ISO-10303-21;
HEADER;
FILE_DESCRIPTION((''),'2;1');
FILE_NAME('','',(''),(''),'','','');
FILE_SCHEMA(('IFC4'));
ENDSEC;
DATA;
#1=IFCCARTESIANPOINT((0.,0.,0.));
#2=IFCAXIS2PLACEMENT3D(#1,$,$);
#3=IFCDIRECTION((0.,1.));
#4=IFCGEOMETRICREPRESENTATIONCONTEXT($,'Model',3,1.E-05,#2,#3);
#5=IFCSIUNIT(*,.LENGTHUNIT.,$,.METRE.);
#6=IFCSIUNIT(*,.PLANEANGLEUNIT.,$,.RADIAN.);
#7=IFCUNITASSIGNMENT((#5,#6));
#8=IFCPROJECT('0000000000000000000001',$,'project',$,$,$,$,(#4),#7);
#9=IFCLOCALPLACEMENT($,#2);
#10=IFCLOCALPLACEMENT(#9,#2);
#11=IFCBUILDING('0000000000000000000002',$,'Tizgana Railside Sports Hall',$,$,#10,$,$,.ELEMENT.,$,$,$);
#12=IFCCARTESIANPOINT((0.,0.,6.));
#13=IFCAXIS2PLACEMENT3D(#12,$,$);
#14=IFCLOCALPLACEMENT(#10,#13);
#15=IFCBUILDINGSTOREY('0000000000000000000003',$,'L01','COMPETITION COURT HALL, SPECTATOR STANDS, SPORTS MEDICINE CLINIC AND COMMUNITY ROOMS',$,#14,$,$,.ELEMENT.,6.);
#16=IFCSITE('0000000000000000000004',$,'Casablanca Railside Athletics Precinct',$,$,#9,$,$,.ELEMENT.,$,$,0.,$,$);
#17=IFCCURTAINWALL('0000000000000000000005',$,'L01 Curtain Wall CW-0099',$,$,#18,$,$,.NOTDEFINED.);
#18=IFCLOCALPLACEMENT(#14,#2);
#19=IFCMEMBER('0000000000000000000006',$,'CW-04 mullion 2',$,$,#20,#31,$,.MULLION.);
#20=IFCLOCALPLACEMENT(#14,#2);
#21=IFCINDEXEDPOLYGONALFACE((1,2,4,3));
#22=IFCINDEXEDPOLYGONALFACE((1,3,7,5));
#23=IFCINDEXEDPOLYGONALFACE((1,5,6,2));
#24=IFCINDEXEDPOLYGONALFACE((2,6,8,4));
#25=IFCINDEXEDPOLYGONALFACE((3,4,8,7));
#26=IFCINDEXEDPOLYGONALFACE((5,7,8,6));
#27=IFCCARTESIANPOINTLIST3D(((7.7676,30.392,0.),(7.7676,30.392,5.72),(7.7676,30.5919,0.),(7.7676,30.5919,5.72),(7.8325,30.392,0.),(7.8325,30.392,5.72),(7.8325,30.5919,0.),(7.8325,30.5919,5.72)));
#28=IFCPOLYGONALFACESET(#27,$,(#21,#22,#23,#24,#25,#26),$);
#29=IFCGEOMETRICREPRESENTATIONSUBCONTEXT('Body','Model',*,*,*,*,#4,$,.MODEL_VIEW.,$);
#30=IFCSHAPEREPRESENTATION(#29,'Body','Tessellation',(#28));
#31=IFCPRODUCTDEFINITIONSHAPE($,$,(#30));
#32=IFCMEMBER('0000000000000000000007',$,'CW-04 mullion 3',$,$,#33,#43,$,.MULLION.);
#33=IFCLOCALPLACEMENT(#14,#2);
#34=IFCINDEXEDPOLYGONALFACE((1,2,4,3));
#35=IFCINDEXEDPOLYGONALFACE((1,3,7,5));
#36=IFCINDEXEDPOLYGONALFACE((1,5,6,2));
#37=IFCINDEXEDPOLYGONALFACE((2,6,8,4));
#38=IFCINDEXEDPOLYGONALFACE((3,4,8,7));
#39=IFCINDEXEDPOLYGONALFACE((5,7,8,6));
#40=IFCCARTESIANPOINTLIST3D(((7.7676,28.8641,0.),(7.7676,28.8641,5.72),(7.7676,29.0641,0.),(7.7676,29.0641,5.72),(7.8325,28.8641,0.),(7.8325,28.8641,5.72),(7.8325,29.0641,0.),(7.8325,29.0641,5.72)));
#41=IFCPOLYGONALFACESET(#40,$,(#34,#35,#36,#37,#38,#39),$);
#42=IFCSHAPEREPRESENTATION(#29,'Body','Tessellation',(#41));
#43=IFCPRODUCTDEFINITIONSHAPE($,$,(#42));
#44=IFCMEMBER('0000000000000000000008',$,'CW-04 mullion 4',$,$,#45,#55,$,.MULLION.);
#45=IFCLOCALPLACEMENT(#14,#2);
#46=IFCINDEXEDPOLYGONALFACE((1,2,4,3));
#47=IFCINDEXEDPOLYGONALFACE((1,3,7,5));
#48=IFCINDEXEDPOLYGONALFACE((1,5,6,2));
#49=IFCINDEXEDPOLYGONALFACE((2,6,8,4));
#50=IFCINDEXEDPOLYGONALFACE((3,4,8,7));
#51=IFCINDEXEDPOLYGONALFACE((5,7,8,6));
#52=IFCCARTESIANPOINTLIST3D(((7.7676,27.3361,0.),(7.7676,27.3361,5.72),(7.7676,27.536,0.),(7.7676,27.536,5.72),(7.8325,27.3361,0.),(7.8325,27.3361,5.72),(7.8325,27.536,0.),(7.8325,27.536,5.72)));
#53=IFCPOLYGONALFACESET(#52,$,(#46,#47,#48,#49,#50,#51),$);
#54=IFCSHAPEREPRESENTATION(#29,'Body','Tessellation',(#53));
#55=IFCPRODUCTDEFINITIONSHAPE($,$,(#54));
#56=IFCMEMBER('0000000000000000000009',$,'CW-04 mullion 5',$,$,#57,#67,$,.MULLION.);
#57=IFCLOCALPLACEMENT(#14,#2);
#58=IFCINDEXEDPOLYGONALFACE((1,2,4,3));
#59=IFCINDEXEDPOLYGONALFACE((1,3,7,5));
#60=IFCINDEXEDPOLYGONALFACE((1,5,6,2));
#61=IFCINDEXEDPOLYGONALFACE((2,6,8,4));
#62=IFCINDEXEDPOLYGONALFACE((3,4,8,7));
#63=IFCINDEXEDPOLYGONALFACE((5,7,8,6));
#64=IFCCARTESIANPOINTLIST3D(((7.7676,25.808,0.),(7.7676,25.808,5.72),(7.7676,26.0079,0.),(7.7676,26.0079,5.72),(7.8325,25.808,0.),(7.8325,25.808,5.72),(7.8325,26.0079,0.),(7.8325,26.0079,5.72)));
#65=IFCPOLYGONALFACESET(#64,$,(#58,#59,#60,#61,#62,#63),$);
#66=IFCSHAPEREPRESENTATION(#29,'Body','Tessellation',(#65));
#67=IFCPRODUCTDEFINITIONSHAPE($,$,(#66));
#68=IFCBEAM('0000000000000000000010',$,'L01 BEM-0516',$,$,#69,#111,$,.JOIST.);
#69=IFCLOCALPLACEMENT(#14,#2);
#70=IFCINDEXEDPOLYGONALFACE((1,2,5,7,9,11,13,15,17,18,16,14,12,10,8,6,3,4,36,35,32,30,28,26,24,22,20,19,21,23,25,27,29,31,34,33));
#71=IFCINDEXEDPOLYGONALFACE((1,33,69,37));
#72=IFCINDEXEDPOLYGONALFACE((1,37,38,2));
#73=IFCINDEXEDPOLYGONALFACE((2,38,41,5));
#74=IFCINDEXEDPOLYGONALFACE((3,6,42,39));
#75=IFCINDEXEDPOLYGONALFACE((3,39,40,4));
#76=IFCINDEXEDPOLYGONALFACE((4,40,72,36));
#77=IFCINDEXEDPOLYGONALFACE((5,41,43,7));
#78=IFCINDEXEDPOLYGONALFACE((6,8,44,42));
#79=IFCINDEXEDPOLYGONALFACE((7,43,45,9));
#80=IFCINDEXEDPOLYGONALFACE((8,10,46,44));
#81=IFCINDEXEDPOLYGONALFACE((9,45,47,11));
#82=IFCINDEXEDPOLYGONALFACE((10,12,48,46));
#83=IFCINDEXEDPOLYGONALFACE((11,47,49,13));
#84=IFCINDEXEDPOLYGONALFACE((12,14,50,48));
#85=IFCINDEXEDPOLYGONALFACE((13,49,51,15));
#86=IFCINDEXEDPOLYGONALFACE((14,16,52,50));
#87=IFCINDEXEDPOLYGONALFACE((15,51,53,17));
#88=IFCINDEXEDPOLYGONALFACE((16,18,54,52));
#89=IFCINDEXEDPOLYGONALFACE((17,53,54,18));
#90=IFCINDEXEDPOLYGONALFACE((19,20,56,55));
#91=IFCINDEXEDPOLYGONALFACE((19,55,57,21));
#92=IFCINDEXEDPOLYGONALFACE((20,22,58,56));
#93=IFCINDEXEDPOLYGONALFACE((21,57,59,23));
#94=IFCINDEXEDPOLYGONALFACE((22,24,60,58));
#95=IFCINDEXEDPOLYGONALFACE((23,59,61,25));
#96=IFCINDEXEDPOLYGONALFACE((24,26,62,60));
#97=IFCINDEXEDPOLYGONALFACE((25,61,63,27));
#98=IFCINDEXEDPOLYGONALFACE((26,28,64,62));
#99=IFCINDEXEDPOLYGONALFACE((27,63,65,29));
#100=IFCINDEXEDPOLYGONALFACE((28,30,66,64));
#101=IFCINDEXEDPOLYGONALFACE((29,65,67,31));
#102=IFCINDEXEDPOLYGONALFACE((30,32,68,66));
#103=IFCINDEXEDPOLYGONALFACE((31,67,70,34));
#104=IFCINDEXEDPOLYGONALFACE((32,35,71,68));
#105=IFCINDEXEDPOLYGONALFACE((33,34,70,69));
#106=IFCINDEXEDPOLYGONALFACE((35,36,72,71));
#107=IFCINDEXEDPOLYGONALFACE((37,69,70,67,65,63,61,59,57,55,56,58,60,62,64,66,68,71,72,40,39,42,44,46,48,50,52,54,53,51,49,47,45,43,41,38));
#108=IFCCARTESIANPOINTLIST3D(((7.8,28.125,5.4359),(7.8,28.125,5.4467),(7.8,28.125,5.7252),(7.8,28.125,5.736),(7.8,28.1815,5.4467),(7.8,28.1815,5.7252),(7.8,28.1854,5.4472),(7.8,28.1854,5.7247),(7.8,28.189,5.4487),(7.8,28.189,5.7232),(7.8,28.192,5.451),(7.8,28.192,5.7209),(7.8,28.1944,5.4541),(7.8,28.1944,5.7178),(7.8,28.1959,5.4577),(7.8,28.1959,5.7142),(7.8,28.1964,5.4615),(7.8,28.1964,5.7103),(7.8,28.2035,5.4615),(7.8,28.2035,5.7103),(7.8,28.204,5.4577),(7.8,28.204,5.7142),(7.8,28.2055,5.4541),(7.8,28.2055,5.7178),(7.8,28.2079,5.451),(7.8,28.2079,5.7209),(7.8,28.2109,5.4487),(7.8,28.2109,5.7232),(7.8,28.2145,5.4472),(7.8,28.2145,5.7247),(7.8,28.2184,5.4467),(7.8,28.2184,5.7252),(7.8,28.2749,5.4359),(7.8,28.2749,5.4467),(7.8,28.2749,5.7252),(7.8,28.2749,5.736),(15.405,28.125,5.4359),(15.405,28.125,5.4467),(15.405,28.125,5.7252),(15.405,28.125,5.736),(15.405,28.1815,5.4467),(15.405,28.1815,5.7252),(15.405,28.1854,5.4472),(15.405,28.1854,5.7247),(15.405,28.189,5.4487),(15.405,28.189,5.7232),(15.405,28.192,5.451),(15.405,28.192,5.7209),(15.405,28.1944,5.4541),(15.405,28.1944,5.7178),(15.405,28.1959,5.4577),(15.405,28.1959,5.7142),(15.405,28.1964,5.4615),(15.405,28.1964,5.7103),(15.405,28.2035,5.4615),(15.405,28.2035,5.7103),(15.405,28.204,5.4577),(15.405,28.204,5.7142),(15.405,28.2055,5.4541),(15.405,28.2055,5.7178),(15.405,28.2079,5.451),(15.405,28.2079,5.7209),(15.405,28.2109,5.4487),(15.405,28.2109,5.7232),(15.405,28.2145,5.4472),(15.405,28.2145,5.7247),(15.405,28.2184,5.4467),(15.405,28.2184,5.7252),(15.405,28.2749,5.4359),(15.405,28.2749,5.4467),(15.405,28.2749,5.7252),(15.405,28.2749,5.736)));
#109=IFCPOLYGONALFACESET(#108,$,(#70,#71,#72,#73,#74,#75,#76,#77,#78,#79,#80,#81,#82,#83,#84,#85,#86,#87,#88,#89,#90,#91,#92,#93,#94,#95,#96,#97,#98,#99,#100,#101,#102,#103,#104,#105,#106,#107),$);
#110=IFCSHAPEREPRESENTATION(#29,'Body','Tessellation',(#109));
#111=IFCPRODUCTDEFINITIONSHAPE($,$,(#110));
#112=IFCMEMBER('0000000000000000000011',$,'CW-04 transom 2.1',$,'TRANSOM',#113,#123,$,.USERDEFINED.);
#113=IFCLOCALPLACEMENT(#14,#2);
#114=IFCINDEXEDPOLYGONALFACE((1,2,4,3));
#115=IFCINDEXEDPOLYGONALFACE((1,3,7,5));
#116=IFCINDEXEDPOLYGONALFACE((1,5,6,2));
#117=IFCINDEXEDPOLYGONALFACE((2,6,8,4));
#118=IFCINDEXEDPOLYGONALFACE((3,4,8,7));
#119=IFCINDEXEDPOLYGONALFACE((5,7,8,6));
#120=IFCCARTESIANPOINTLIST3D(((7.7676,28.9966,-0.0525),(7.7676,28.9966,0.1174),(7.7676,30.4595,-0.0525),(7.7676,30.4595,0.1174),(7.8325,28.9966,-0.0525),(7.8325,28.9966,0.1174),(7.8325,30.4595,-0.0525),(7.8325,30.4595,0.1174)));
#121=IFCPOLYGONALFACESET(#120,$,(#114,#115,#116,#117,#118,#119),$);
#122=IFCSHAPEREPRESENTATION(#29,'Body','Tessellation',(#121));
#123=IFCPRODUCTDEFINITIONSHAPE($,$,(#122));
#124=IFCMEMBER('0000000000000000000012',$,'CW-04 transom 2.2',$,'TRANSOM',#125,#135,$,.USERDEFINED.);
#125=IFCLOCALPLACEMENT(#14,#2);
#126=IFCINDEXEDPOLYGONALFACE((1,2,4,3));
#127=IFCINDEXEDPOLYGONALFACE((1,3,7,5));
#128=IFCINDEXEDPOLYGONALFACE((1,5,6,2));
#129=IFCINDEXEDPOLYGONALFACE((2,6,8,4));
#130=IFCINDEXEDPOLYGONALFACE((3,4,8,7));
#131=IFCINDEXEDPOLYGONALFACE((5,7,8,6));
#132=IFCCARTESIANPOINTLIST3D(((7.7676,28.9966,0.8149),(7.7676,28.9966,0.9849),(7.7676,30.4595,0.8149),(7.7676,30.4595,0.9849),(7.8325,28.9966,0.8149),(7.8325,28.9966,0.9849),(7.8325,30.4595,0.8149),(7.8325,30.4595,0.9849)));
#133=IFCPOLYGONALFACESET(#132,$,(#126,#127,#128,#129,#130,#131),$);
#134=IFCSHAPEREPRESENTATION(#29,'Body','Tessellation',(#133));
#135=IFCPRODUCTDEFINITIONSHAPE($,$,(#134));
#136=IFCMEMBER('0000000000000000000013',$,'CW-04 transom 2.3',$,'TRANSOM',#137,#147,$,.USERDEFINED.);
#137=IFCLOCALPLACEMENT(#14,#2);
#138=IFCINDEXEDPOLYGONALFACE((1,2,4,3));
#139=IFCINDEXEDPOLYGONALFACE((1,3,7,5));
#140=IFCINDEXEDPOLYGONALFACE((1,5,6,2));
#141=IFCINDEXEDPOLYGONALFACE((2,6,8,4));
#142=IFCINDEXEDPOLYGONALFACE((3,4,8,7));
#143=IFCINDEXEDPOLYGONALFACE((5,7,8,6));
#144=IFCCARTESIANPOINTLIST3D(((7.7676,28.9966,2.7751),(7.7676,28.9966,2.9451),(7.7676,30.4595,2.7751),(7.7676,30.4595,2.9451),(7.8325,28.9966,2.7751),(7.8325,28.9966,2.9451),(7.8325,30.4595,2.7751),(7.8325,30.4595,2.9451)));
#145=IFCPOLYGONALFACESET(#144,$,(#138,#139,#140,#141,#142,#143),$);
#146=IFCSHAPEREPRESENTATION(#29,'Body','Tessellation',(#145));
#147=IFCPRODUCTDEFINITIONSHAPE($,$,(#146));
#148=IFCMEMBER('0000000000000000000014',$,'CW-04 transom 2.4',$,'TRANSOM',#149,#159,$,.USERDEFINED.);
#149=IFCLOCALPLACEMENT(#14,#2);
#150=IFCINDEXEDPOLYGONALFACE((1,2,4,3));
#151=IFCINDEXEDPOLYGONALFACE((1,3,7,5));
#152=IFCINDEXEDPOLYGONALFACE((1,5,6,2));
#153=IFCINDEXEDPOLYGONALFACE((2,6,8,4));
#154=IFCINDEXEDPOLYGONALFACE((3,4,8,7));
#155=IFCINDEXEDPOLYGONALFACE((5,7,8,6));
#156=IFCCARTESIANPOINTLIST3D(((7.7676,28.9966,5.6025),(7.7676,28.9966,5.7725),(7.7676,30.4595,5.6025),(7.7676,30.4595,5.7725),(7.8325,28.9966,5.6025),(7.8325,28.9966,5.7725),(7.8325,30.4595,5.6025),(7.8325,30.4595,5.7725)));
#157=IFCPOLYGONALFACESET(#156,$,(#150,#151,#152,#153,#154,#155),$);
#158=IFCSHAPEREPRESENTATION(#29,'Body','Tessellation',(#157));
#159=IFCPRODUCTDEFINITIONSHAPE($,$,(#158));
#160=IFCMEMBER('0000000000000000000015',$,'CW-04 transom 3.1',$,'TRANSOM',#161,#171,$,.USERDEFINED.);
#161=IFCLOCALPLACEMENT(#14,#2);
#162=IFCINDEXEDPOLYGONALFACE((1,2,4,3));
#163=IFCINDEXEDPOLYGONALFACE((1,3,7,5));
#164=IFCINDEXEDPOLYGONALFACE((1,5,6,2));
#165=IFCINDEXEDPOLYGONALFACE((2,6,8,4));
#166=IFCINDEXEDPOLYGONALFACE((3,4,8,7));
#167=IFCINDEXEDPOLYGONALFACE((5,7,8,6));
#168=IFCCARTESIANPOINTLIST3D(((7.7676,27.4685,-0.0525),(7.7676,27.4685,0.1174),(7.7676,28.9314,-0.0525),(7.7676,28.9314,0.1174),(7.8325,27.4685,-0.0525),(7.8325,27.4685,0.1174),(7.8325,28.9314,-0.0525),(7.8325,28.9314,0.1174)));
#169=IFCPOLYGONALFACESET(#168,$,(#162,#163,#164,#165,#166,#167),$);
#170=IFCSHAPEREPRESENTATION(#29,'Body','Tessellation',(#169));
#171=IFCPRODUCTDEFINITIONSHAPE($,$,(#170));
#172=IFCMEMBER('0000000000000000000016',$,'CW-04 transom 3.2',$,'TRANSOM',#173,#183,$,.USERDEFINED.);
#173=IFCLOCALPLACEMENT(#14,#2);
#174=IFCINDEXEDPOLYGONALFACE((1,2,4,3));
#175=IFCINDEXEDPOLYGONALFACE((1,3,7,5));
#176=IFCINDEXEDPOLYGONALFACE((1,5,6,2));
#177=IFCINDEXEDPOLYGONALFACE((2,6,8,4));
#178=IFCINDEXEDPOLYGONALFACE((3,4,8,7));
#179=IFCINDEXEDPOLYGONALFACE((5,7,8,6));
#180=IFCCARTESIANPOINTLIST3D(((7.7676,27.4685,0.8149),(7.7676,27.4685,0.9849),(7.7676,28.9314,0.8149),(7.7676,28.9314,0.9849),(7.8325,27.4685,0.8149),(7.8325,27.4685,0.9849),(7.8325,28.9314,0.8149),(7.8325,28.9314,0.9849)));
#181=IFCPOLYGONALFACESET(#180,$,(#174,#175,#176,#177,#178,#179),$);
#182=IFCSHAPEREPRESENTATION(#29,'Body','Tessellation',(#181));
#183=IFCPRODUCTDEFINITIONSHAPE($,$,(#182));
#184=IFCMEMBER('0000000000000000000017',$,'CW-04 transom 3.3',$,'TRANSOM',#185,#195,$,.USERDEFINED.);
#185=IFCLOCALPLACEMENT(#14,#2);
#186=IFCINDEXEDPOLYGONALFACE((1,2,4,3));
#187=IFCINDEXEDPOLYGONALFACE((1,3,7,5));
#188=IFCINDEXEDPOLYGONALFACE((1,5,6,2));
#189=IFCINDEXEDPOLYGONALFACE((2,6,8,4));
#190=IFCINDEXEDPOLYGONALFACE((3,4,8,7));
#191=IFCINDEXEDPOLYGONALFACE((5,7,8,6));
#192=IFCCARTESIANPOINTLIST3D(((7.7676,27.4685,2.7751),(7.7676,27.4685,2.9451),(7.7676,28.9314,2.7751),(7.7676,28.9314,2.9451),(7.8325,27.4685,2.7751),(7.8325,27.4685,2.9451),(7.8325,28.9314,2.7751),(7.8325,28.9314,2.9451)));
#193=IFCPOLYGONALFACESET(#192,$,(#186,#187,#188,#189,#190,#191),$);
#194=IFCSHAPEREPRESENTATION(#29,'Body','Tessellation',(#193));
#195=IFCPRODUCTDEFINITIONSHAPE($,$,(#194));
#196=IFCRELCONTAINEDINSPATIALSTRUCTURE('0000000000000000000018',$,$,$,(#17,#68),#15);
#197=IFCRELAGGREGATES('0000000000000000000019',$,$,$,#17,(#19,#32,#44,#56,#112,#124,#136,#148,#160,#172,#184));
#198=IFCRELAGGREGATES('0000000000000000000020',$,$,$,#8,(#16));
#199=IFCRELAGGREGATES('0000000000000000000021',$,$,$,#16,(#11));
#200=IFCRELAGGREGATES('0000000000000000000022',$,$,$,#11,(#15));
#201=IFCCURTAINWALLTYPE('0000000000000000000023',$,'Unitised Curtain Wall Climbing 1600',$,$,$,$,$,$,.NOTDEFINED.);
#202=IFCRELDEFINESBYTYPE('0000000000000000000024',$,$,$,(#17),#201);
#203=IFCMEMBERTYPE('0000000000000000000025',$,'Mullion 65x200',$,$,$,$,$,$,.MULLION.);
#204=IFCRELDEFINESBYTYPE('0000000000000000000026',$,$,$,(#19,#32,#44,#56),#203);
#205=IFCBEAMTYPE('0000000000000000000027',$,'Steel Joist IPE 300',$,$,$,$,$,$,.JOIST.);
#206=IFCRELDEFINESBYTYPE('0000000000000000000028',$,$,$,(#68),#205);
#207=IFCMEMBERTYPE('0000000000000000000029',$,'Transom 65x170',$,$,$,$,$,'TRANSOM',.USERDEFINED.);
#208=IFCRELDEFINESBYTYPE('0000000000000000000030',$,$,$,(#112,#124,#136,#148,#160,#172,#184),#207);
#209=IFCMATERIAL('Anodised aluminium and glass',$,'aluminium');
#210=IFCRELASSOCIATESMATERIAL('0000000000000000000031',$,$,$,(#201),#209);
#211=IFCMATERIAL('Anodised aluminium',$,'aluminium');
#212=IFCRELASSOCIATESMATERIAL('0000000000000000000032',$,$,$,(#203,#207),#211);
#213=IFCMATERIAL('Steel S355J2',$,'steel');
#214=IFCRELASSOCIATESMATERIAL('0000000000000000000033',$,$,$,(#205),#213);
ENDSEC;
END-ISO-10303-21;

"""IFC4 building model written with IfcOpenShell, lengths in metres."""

from ifc_helpers import new_model, si_unit, direction, frame, origin, origin_2d, place, context, subcontext, project, spatial, rectangle, i_section, extrude, material, material_profile, profile_set, type_object, element, aggregate, save


model = new_model("IFC4")

# Units and contexts
model_context = context("Model", 3, precision=1e-05, world=origin(), true_north=direction((0.0, 1.0)))
body_context = subcontext(model_context, "Body", "Model", "MODEL_VIEW")
ifc_project = project(units=[si_unit("LENGTHUNIT", "METRE"), si_unit("PLANEANGLEUNIT", "RADIAN")], contexts=[model_context])

# Site, building, storey
site_placement = place(None, origin())
site = spatial("IfcSite", under=ifc_project, at=site_placement, Name="Casablanca Railside Athletics Precinct", CompositionType="ELEMENT", RefElevation=0.0)
building_placement = place(site_placement, origin())
building = spatial("IfcBuilding", under=site, at=building_placement, Name="Tizgana Railside Sports Hall", CompositionType="ELEMENT")
storey_placement = place(building_placement, frame((0.0, 0.0, 6.0)))
storey = spatial("IfcBuildingStorey", under=building, at=storey_placement, Name="L01", Description="COMPETITION COURT HALL, SPECTATOR STANDS, SPORTS MEDICINE CLINIC AND COMMUNITY ROOMS", CompositionType="ELEMENT", Elevation=6.0)

# Curtain wall, members
ifc_material_1 = material(Name="Anodised aluminium and glass", Category="aluminium")
curtain_wall_type = type_object("IfcCurtainWallType", Name="Unitised Curtain Wall Climbing 1600", PredefinedType="NOTDEFINED", material=ifc_material_1)
curtain_wall_placement = place(storey_placement, origin())
curtain_wall = element("IfcCurtainWall", 1, at=curtain_wall_placement, inside=storey, type_object=curtain_wall_type, Name="L01 Curtain Wall CW-0099", PredefinedType="NOTDEFINED")
ifc_material_2 = material(Name="Anodised aluminium", Category="aluminium")
ifc_material_profile_1 = material_profile(ifc_material_2, rectangle(XDim=0.0649, YDim=0.2, at=origin_2d()), Name="Mullion 65x200")
ifc_profile_set_1 = profile_set([ifc_material_profile_1], Name="Anodised aluminium")
member_type_1 = type_object("IfcMemberType", Name="Mullion 65x200", PredefinedType="MULLION", material=ifc_profile_set_1)
member_1_placement = place(storey_placement, frame((7.8, 30.4919, 0.0), z_axis=(0.0, 0.0, 1.0), x_axis=(1.0, 0.0, 0.0)))
member_1 = element("IfcMember", 2, at=member_1_placement, type_object=member_type_1, Name="CW-04 mullion 2", PredefinedType="MULLION", context=body_context, shape_type="SweptSolid", body=[
    extrude(rectangle(XDim=0.0649, YDim=0.2, at=origin_2d()), origin(), (0.0, 0.0, 1.0), 5.72),
])
member_2_placement = place(storey_placement, frame((7.8, 28.9641, 0.0), z_axis=(0.0, 0.0, 1.0), x_axis=(1.0, 0.0, 0.0)))
member_2 = element("IfcMember", 3, at=member_2_placement, type_object=member_type_1, Name="CW-04 mullion 3", PredefinedType="MULLION", context=body_context, shape_type="SweptSolid", body=[
    extrude(rectangle(XDim=0.0649, YDim=0.2, at=origin_2d()), origin(), (0.0, 0.0, 1.0), 5.72),
])
member_3_placement = place(storey_placement, frame((7.8, 27.436, 0.0), z_axis=(0.0, 0.0, 1.0), x_axis=(1.0, 0.0, 0.0)))
member_3 = element("IfcMember", 4, at=member_3_placement, type_object=member_type_1, Name="CW-04 mullion 4", PredefinedType="MULLION", context=body_context, shape_type="SweptSolid", body=[
    extrude(rectangle(XDim=0.0649, YDim=0.2, at=origin_2d()), origin(), (0.0, 0.0, 1.0), 5.72),
])
member_4_placement = place(storey_placement, frame((7.8, 25.908, 0.0), z_axis=(0.0, 0.0, 1.0), x_axis=(1.0, 0.0, 0.0)))
member_4 = element("IfcMember", 5, at=member_4_placement, type_object=member_type_1, Name="CW-04 mullion 5", PredefinedType="MULLION", context=body_context, shape_type="SweptSolid", body=[
    extrude(rectangle(XDim=0.0649, YDim=0.2, at=origin_2d()), origin(), (0.0, 0.0, 1.0), 5.72),
])

# Beam
ifc_material_3 = material(Name="Steel S355J2", Category="steel")
ifc_material_profile_2 = material_profile(ifc_material_3, i_section(OverallWidth=0.1499, OverallDepth=0.3, WebThickness=0.0071, FlangeThickness=0.0107, FilletRadius=0.0149, at=origin_2d()), Name="IPE 300")
ifc_profile_set_2 = profile_set([ifc_material_profile_2], Name="Steel S355J2")
beam_type = type_object("IfcBeamType", Name="Steel Joist IPE 300", PredefinedType="JOIST", material=ifc_profile_set_2)
beam_placement = place(storey_placement, frame((7.8, 28.2, 5.5859), z_axis=(1.0, 0.0, 0.0), x_axis=(0.0, 1.0, 0.0)))
element("IfcBeam", 6, at=beam_placement, inside=storey, type_object=beam_type, Name="L01 BEM-0516", PredefinedType="JOIST", context=body_context, shape_type="SweptSolid", body=[
    extrude(i_section(OverallWidth=0.1499, OverallDepth=0.3, WebThickness=0.0071, FlangeThickness=0.0107, FilletRadius=0.0149, at=origin_2d()), origin(), (0.0, 0.0, 1.0), 7.605),
])

# Members
ifc_material_profile_3 = material_profile(ifc_material_2, rectangle(XDim=0.0649, YDim=0.1699, at=origin_2d()), Name="Transom 65x170")
ifc_profile_set_3 = profile_set([ifc_material_profile_3], Name="Anodised aluminium")
member_type_2 = type_object("IfcMemberType", Name="Transom 65x170", ElementType="TRANSOM", PredefinedType="USERDEFINED", material=ifc_profile_set_3)
member_5_placement = place(storey_placement, frame((7.8, 30.4595, 0.0325), z_axis=(0.0, -1.0, 0.0), x_axis=(1.0, 0.0, 0.0)))
member_5 = element("IfcMember", 7, at=member_5_placement, type_object=member_type_2, Name="CW-04 transom 2.1", ObjectType="TRANSOM", PredefinedType="USERDEFINED", context=body_context, shape_type="SweptSolid", body=[
    extrude(rectangle(XDim=0.0649, YDim=0.1699, at=origin_2d()), origin(), (0.0, 0.0, 1.0), 1.4629),
])
member_6_placement = place(storey_placement, frame((7.8, 30.4595, 0.8999), z_axis=(0.0, -1.0, 0.0), x_axis=(1.0, 0.0, 0.0)))
member_6 = element("IfcMember", 8, at=member_6_placement, type_object=member_type_2, Name="CW-04 transom 2.2", ObjectType="TRANSOM", PredefinedType="USERDEFINED", context=body_context, shape_type="SweptSolid", body=[
    extrude(rectangle(XDim=0.0649, YDim=0.1699, at=origin_2d()), origin(), (0.0, 0.0, 1.0), 1.4629),
])
member_7_placement = place(storey_placement, frame((7.8, 30.4595, 2.8601), z_axis=(0.0, -1.0, 0.0), x_axis=(1.0, 0.0, 0.0)))
member_7 = element("IfcMember", 9, at=member_7_placement, type_object=member_type_2, Name="CW-04 transom 2.3", ObjectType="TRANSOM", PredefinedType="USERDEFINED", context=body_context, shape_type="SweptSolid", body=[
    extrude(rectangle(XDim=0.0649, YDim=0.1699, at=origin_2d()), origin(), (0.0, 0.0, 1.0), 1.4629),
])
member_8_placement = place(storey_placement, frame((7.8, 30.4595, 5.6875), z_axis=(0.0, -1.0, 0.0), x_axis=(1.0, 0.0, 0.0)))
member_8 = element("IfcMember", 10, at=member_8_placement, type_object=member_type_2, Name="CW-04 transom 2.4", ObjectType="TRANSOM", PredefinedType="USERDEFINED", context=body_context, shape_type="SweptSolid", body=[
    extrude(rectangle(XDim=0.0649, YDim=0.1699, at=origin_2d()), origin(), (0.0, 0.0, 1.0), 1.4629),
])
member_9_placement = place(storey_placement, frame((7.8, 28.9314, 0.0325), z_axis=(0.0, -1.0, 0.0), x_axis=(1.0, 0.0, 0.0)))
member_9 = element("IfcMember", 11, at=member_9_placement, type_object=member_type_2, Name="CW-04 transom 3.1", ObjectType="TRANSOM", PredefinedType="USERDEFINED", context=body_context, shape_type="SweptSolid", body=[
    extrude(rectangle(XDim=0.0649, YDim=0.1699, at=origin_2d()), origin(), (0.0, 0.0, 1.0), 1.4629),
])
member_10_placement = place(storey_placement, frame((7.8, 28.9314, 0.8999), z_axis=(0.0, -1.0, 0.0), x_axis=(1.0, 0.0, 0.0)))
member_10 = element("IfcMember", 12, at=member_10_placement, type_object=member_type_2, Name="CW-04 transom 3.2", ObjectType="TRANSOM", PredefinedType="USERDEFINED", context=body_context, shape_type="SweptSolid", body=[
    extrude(rectangle(XDim=0.0649, YDim=0.1699, at=origin_2d()), origin(), (0.0, 0.0, 1.0), 1.4629),
])
member_11_placement = place(storey_placement, frame((7.8, 28.9314, 2.8601), z_axis=(0.0, -1.0, 0.0), x_axis=(1.0, 0.0, 0.0)))
member_11 = element("IfcMember", 13, at=member_11_placement, type_object=member_type_2, Name="CW-04 transom 3.3", ObjectType="TRANSOM", PredefinedType="USERDEFINED", context=body_context, shape_type="SweptSolid", body=[
    extrude(rectangle(XDim=0.0649, YDim=0.1699, at=origin_2d()), origin(), (0.0, 0.0, 1.0), 1.4629),
])

aggregate(curtain_wall, [member_1, member_2, member_3, member_4, member_5, member_6, member_7, member_8, member_9, member_10, member_11])

save(model, "model.ifc")
